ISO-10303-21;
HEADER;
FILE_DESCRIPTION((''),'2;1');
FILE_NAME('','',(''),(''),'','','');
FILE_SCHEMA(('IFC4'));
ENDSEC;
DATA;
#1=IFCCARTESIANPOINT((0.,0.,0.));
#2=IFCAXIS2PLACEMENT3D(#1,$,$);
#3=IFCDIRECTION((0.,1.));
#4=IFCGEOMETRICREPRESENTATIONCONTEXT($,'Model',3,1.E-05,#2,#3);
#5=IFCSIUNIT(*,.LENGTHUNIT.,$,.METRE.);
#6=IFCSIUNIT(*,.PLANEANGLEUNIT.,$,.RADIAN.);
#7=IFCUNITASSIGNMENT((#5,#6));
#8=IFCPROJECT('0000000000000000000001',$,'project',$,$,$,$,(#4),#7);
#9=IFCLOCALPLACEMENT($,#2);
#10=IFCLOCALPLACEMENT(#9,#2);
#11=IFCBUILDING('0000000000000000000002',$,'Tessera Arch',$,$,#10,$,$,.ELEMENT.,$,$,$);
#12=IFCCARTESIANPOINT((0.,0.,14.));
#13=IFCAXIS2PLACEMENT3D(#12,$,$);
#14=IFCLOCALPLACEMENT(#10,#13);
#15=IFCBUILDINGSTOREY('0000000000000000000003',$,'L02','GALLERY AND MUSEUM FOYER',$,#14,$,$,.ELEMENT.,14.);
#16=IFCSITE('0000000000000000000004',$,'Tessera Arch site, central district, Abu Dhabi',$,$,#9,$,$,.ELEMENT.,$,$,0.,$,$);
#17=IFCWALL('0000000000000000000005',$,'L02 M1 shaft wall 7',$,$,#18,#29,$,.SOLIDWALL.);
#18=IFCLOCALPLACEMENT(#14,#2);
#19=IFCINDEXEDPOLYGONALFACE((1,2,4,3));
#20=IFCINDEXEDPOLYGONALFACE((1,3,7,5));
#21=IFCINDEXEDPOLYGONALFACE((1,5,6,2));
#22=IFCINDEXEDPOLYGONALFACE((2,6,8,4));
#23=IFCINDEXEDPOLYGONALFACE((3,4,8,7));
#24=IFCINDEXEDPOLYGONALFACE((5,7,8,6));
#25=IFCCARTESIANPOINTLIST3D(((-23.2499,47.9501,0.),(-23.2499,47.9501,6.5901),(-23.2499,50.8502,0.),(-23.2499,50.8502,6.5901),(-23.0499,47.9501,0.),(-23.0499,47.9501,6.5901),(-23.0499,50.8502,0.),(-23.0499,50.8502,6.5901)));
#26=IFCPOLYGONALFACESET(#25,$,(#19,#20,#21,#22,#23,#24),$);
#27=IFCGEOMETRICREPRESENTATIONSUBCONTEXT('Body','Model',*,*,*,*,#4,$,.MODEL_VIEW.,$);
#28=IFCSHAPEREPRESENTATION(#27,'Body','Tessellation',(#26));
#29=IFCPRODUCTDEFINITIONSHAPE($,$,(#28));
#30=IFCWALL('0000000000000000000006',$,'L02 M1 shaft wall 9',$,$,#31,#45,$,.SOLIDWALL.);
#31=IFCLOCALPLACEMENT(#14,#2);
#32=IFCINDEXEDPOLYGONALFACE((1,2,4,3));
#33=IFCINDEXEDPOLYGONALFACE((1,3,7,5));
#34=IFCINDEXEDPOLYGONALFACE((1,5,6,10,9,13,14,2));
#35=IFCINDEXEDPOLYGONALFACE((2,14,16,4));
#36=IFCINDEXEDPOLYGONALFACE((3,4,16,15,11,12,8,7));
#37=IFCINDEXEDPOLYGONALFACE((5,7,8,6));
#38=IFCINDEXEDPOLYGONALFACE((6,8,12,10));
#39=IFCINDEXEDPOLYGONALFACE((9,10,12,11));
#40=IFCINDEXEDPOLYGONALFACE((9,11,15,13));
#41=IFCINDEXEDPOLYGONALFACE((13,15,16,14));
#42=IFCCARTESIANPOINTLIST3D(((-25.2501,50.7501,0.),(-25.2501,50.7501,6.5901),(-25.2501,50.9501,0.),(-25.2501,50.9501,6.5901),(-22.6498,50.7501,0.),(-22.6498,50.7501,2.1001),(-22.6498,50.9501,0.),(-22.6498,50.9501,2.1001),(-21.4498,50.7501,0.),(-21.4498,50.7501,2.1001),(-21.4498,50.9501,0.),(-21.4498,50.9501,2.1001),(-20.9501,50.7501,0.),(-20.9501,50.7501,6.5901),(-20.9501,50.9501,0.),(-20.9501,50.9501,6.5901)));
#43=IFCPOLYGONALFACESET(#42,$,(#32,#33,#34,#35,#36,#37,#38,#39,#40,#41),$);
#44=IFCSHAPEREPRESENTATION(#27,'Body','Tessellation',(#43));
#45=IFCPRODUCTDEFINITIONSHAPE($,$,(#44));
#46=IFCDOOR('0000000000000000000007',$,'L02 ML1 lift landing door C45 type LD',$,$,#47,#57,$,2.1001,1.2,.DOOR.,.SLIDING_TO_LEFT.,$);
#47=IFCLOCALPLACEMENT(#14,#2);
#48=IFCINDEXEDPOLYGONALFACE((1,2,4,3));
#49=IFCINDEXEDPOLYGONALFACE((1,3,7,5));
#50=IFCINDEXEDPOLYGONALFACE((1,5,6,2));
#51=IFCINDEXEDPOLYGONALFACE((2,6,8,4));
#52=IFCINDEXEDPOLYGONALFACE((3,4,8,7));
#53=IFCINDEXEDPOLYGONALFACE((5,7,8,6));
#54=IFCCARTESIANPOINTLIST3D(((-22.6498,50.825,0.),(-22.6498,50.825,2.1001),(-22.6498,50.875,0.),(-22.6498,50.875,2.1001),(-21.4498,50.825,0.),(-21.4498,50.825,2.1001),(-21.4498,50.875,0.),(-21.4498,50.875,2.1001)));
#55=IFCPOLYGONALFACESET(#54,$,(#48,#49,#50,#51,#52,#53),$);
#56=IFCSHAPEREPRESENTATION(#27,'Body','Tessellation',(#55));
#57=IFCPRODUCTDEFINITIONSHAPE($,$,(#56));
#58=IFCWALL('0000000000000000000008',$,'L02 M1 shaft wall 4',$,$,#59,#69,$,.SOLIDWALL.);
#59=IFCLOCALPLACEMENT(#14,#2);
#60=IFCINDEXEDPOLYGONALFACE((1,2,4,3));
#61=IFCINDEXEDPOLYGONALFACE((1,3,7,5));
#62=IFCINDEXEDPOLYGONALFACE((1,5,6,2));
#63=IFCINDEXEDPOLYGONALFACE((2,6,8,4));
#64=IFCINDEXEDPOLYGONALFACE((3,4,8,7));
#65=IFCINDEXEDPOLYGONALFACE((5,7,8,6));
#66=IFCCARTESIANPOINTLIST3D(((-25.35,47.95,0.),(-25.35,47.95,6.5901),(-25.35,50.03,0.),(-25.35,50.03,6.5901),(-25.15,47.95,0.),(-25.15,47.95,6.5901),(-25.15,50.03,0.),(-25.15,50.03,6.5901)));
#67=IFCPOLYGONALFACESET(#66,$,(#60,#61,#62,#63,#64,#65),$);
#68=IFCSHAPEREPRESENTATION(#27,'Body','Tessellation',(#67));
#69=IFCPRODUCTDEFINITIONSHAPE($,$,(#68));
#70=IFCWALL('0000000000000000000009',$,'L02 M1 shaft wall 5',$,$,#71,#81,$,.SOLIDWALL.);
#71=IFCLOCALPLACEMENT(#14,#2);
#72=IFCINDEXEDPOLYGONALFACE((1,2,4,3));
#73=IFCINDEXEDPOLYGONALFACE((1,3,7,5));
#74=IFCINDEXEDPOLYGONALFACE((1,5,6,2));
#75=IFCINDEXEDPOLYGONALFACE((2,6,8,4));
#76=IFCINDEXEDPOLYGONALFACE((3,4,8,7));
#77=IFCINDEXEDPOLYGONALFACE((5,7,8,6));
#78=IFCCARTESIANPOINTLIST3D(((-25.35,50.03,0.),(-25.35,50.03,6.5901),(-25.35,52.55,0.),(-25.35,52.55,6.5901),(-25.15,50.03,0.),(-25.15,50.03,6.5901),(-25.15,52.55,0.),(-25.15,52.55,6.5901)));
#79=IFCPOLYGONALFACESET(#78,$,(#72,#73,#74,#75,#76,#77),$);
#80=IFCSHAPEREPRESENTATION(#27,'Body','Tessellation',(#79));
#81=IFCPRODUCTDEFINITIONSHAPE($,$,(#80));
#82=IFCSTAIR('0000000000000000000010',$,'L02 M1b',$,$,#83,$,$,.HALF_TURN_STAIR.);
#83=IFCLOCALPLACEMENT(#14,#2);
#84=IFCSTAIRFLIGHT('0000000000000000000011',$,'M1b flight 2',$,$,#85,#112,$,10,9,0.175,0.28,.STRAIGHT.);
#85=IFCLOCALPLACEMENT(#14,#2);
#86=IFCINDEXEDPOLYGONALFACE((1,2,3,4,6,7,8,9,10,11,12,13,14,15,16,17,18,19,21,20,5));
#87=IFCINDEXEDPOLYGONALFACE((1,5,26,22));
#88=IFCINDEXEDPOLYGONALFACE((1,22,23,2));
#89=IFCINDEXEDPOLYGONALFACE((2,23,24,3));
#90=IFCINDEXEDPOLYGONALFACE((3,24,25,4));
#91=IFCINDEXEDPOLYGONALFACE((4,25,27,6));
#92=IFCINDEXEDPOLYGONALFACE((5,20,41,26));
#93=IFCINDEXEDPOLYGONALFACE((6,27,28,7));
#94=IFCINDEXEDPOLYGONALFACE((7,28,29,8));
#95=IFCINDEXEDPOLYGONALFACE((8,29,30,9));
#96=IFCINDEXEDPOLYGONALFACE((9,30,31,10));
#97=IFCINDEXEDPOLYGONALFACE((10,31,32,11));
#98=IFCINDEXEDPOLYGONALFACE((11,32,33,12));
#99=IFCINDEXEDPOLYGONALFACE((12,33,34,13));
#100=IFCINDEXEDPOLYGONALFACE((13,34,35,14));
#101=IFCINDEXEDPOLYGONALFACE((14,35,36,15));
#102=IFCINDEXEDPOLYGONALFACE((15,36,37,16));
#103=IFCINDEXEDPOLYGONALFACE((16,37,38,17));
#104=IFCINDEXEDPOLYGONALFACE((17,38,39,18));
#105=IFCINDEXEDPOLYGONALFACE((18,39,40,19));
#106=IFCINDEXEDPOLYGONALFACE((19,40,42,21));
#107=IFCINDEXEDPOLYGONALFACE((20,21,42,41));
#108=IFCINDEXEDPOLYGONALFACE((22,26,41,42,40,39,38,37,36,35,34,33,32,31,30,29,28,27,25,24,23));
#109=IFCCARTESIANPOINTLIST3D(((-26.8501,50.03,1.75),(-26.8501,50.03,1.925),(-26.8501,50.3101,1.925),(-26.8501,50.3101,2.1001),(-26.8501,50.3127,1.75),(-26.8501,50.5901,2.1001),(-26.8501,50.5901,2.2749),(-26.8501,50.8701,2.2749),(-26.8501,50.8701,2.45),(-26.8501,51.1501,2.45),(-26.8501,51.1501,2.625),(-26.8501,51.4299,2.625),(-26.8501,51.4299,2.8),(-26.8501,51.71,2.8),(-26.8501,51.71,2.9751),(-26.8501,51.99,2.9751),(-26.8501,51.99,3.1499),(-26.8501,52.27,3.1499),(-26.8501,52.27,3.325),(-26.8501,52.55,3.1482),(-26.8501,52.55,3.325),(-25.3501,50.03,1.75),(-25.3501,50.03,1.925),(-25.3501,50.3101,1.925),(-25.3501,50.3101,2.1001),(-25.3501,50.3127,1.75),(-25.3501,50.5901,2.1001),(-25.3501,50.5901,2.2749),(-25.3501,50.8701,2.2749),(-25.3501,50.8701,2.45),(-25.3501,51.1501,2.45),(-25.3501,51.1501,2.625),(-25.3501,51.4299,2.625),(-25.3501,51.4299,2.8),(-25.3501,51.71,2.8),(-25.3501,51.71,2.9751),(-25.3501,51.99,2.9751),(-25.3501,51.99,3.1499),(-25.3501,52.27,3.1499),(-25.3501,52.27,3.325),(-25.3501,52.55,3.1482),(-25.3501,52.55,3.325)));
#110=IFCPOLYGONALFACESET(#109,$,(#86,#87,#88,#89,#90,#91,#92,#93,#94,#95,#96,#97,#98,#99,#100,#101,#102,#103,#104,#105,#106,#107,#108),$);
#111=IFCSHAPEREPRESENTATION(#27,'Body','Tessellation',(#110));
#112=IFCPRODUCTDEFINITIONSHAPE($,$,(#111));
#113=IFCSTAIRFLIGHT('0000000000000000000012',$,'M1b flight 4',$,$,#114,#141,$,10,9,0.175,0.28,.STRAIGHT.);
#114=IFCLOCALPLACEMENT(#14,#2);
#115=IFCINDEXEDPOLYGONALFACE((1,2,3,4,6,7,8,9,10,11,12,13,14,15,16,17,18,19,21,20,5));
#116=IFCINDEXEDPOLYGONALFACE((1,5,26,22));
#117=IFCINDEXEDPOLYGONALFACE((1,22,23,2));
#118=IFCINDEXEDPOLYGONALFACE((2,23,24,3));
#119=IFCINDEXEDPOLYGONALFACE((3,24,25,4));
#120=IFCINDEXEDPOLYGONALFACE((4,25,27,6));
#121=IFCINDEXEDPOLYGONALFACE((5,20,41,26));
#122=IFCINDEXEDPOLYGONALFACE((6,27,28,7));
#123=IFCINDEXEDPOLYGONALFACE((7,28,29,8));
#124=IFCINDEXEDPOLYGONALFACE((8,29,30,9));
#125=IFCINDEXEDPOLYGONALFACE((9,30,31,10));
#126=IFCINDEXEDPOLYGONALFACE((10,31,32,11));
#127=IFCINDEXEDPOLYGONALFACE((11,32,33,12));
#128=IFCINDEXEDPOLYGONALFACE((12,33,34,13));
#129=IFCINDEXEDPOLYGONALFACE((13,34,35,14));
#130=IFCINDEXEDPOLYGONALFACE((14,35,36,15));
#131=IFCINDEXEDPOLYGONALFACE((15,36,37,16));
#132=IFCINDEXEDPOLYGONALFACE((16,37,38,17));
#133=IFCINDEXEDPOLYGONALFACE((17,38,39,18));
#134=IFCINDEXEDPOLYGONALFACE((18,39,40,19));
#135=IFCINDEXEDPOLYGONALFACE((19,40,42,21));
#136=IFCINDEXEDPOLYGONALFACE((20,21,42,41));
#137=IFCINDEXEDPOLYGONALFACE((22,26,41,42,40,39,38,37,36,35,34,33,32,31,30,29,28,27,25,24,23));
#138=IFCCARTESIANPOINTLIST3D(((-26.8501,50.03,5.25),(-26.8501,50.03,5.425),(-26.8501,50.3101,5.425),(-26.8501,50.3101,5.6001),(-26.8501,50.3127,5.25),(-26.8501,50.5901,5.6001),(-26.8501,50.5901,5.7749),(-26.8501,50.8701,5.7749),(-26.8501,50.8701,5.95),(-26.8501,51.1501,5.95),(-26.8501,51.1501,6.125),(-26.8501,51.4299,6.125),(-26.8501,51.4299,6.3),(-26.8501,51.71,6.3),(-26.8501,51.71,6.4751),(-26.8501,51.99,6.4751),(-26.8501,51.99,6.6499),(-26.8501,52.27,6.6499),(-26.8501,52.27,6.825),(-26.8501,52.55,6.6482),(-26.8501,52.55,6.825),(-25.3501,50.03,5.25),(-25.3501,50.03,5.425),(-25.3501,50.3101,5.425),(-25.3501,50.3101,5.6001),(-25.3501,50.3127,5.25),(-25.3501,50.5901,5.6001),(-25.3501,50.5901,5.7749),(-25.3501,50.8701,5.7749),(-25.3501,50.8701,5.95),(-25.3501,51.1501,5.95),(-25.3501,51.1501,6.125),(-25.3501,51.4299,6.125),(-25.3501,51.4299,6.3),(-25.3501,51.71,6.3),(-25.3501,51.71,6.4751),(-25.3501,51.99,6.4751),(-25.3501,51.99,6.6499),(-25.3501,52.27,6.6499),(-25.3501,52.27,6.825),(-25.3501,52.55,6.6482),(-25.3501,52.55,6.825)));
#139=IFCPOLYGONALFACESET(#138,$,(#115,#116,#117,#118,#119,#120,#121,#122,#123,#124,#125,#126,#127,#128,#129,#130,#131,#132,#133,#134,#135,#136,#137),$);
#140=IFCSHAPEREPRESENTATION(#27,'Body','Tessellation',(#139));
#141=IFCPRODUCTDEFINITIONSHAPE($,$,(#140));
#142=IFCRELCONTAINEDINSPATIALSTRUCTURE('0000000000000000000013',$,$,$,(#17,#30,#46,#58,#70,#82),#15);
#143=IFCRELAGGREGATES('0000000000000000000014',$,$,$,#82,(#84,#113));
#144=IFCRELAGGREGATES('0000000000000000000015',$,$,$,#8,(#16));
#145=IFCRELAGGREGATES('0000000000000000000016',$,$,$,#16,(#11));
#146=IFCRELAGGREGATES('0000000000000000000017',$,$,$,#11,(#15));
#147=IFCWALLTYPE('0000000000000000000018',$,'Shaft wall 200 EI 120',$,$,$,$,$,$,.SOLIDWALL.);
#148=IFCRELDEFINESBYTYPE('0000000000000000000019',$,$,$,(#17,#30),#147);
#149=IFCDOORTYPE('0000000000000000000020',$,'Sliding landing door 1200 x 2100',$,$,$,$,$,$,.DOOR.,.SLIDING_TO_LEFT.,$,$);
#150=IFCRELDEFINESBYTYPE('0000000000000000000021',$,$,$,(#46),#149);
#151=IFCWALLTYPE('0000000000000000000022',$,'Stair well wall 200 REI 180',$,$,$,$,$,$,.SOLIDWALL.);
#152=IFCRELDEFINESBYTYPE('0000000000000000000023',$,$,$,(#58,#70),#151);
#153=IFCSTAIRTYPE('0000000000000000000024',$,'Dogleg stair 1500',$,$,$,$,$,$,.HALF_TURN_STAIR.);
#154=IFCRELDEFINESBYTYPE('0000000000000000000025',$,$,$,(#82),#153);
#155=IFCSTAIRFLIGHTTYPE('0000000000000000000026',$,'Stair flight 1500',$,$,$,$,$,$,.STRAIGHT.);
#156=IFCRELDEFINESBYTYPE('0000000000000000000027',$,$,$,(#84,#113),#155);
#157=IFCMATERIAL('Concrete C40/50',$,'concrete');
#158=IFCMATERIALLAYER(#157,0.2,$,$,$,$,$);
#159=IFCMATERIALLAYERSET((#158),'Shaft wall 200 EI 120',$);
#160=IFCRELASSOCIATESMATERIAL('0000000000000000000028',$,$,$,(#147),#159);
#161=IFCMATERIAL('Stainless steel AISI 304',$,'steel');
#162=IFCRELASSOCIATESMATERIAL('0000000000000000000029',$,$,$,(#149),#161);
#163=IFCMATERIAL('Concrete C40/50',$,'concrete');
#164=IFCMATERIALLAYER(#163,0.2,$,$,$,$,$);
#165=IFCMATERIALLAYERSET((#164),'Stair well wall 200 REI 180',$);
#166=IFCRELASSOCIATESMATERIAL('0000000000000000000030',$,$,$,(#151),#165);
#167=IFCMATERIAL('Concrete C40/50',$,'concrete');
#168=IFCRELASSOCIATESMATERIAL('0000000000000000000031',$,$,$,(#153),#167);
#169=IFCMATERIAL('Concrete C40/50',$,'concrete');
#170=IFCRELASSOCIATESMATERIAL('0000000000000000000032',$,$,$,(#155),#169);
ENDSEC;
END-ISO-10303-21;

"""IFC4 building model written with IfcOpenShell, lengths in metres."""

from ifc_helpers import new_model, si_unit, direction, frame, frame_2d, origin, place, context, subcontext, project, spatial, polyline, rectangle, outline, extrude, material, layer, layer_set, type_object, element, fill, aggregate, save


model = new_model("IFC4")

# Units and contexts
model_context = context("Model", 3, precision=1e-05, world=origin(), true_north=direction((0.0, 1.0)))
body_context = subcontext(model_context, "Body", "Model", "MODEL_VIEW")
ifc_project = project(units=[si_unit("LENGTHUNIT", "METRE"), si_unit("PLANEANGLEUNIT", "RADIAN")], contexts=[model_context])

# Site, building, storey
site_placement = place(None, origin())
site = spatial("IfcSite", under=ifc_project, at=site_placement, Name="Tessera Arch site, central district, Abu Dhabi", CompositionType="ELEMENT", RefElevation=0.0)
building_placement = place(site_placement, origin())
building = spatial("IfcBuilding", under=site, at=building_placement, Name="Tessera Arch", CompositionType="ELEMENT")
storey_placement = place(building_placement, frame((0.0, 0.0, 14.0)))
storey = spatial("IfcBuildingStorey", under=building, at=storey_placement, Name="L02", Description="GALLERY AND MUSEUM FOYER", CompositionType="ELEMENT", Elevation=14.0)

# Wall
ifc_material_1 = material(Name="Concrete C40/50", Category="concrete")
ifc_layer_1 = layer(ifc_material_1, 0.2)
ifc_layer_set_1 = layer_set([ifc_layer_1], Name="Shaft wall 200 EI 120")
wall_type_1 = type_object("IfcWallType", Name="Shaft wall 200 EI 120", PredefinedType="SOLIDWALL", material=ifc_layer_set_1)
wall_1_placement = place(storey_placement, frame((-23.1499, 47.95, 0.0), z_axis=(0.0, 0.0, 1.0), x_axis=(0.0, 1.0, 0.0)))
element("IfcWall", 1, at=wall_1_placement, inside=storey, type_object=wall_type_1, Name="L02 M1 shaft wall 7", PredefinedType="SOLIDWALL", context=body_context, shape_type="SweptSolid", body=[
    extrude(rectangle(XDim=2.9001, YDim=0.2, at=frame_2d((1.4502, 0.0))), origin(), (0.0, 0.0, 1.0), 6.5901),
])

# Wall, opening, door
wall_2_placement = place(storey_placement, frame((-25.25, 50.8501, 0.0), z_axis=(0.0, 0.0, 1.0), x_axis=(1.0, 0.0, 0.0)))
wall_2 = element("IfcWall", 2, at=wall_2_placement, inside=storey, type_object=wall_type_1, Name="L02 M1 shaft wall 9", PredefinedType="SOLIDWALL", context=body_context, shape_type="SweptSolid", body=[
    extrude(rectangle(XDim=4.3, YDim=0.2, at=frame_2d((2.1499, 0.0))), origin(), (0.0, 0.0, 1.0), 6.5901),
])
opening_1_placement = place(wall_2_placement, frame((2.6001, 0.0, 0.0)))
opening_1 = element("IfcOpeningElement", 3, at=opening_1_placement, cuts=wall_2, PredefinedType="OPENING", context=body_context, shape_type="SweptSolid", body=[
    extrude(rectangle(XDim=1.2, YDim=2.1001, at=frame_2d((0.6001, 1.05))), frame((0.0, 0.1099, 0.0), z_axis=(0.0, -1.0, 0.0), x_axis=(1.0, 0.0, 0.0)), (0.0, 0.0, 1.0), 0.22),
])
ifc_material_2 = material(Name="Stainless steel AISI 304", Category="steel")
door_type_1 = type_object("IfcDoorType", Name="Sliding landing door 1200 x 2100", OperationType="SLIDING_TO_LEFT", PredefinedType="DOOR", material=ifc_material_2)
door_1_placement = place(opening_1_placement, origin())
door_1 = element("IfcDoor", 4, at=door_1_placement, inside=storey, type_object=door_type_1, Name="L02 ML1 lift landing door C45 type LD", OperationType="SLIDING_TO_LEFT", OverallHeight=2.1001, OverallWidth=1.2, PredefinedType="DOOR", context=body_context, shape_type="SweptSolid", body=[
    extrude(rectangle(XDim=1.2, YDim=2.1001, at=frame_2d((0.6001, 1.05))), frame((0.0, 0.0249, 0.0), z_axis=(0.0, -1.0, 0.0), x_axis=(1.0, 0.0, 0.0)), (0.0, 0.0, 1.0), 0.05),
])
fill(opening_1, door_1)

# Walls
ifc_material_3 = material(Name="Concrete C40/50", Category="concrete")
ifc_layer_2 = layer(ifc_material_3, 0.2)
ifc_layer_set_2 = layer_set([ifc_layer_2], Name="Stair well wall 200 REI 180")
wall_type_2 = type_object("IfcWallType", Name="Stair well wall 200 REI 180", PredefinedType="SOLIDWALL", material=ifc_layer_set_2)
wall_3_placement = place(storey_placement, frame((-25.25, 47.95, 0.0), z_axis=(0.0, 0.0, 1.0), x_axis=(0.0, 1.0, 0.0)))
element("IfcWall", 5, at=wall_3_placement, inside=storey, type_object=wall_type_2, Name="L02 M1 shaft wall 4", PredefinedType="SOLIDWALL", context=body_context, shape_type="SweptSolid", body=[
    extrude(rectangle(XDim=2.0801, YDim=0.2, at=frame_2d((1.04, 0.0))), origin(), (0.0, 0.0, 1.0), 6.5901),
])
wall_4_placement = place(storey_placement, frame((-25.25, 50.03, 0.0), z_axis=(0.0, 0.0, 1.0), x_axis=(0.0, 1.0, 0.0)))
element("IfcWall", 6, at=wall_4_placement, inside=storey, type_object=wall_type_2, Name="L02 M1 shaft wall 5", PredefinedType="SOLIDWALL", context=body_context, shape_type="SweptSolid", body=[
    extrude(rectangle(XDim=2.52, YDim=0.2, at=frame_2d((1.26, 0.0))), origin(), (0.0, 0.0, 1.0), 6.5901),
])

# Stair, stair flights
ifc_material_4 = material(Name="Concrete C40/50", Category="concrete")
stair_type = type_object("IfcStairType", Name="Dogleg stair 1500", PredefinedType="HALF_TURN_STAIR", material=ifc_material_4)
stair_placement = place(storey_placement, origin())
stair = element("IfcStair", 7, at=stair_placement, inside=storey, type_object=stair_type, Name="L02 M1b", PredefinedType="HALF_TURN_STAIR")
ifc_material_5 = material(Name="Concrete C40/50", Category="concrete")
stair_flight_type = type_object("IfcStairFlightType", Name="Stair flight 1500", PredefinedType="STRAIGHT", material=ifc_material_5)
stair_flight_1_placement = place(storey_placement, frame((-26.1001, 50.03, 1.75), z_axis=(0.0, 0.0, 1.0), x_axis=(0.0, 1.0, 0.0)))
stair_flight_1 = element("IfcStairFlight", 8, at=stair_flight_1_placement, type_object=stair_flight_type, Name="M1b flight 2", NumberOfRisers=10, NumberOfTreads=9, PredefinedType="STRAIGHT", RiserHeight=0.175, TreadLength=0.28, context=body_context, shape_type="SweptSolid", body=[
    extrude(outline(polyline([(0.0, 0.0), (0.0, 0.175), (0.28, 0.175), (0.28, 0.3501), (0.5601, 0.3501), (0.5601, 0.5249), (0.8401, 0.5249), (0.8401, 0.7), (1.1201, 0.7), (1.1201, 0.875), (1.3999, 0.875), (1.3999, 1.05), (1.6799, 1.05), (1.6799, 1.2251), (1.96, 1.2251), (1.96, 1.3999), (2.24, 1.3999), (2.24, 1.575), (2.52, 1.575), (2.52, 1.75), (2.52, 1.3982), (0.2827, 0.0), (0.0, 0.0)])), frame((0.0, 0.75, 0.0), z_axis=(0.0, -1.0, 0.0), x_axis=(1.0, 0.0, 0.0)), (0.0, 0.0, 1.0), 1.5),
])
stair_flight_2_placement = place(storey_placement, frame((-26.1001, 50.03, 5.25), z_axis=(0.0, 0.0, 1.0), x_axis=(0.0, 1.0, 0.0)))
stair_flight_2 = element("IfcStairFlight", 9, at=stair_flight_2_placement, type_object=stair_flight_type, Name="M1b flight 4", NumberOfRisers=10, NumberOfTreads=9, PredefinedType="STRAIGHT", RiserHeight=0.175, TreadLength=0.28, context=body_context, shape_type="SweptSolid", body=[
    extrude(outline(polyline([(0.0, 0.0), (0.0, 0.175), (0.28, 0.175), (0.28, 0.3501), (0.5601, 0.3501), (0.5601, 0.5249), (0.8401, 0.5249), (0.8401, 0.7), (1.1201, 0.7), (1.1201, 0.875), (1.3999, 0.875), (1.3999, 1.05), (1.6799, 1.05), (1.6799, 1.2251), (1.96, 1.2251), (1.96, 1.3999), (2.24, 1.3999), (2.24, 1.575), (2.52, 1.575), (2.52, 1.75), (2.52, 1.3982), (0.2827, 0.0), (0.0, 0.0)])), frame((0.0, 0.75, 0.0), z_axis=(0.0, -1.0, 0.0), x_axis=(1.0, 0.0, 0.0)), (0.0, 0.0, 1.0), 1.5),
])
aggregate(stair, [stair_flight_1, stair_flight_2])

save(model, "model.ifc")
